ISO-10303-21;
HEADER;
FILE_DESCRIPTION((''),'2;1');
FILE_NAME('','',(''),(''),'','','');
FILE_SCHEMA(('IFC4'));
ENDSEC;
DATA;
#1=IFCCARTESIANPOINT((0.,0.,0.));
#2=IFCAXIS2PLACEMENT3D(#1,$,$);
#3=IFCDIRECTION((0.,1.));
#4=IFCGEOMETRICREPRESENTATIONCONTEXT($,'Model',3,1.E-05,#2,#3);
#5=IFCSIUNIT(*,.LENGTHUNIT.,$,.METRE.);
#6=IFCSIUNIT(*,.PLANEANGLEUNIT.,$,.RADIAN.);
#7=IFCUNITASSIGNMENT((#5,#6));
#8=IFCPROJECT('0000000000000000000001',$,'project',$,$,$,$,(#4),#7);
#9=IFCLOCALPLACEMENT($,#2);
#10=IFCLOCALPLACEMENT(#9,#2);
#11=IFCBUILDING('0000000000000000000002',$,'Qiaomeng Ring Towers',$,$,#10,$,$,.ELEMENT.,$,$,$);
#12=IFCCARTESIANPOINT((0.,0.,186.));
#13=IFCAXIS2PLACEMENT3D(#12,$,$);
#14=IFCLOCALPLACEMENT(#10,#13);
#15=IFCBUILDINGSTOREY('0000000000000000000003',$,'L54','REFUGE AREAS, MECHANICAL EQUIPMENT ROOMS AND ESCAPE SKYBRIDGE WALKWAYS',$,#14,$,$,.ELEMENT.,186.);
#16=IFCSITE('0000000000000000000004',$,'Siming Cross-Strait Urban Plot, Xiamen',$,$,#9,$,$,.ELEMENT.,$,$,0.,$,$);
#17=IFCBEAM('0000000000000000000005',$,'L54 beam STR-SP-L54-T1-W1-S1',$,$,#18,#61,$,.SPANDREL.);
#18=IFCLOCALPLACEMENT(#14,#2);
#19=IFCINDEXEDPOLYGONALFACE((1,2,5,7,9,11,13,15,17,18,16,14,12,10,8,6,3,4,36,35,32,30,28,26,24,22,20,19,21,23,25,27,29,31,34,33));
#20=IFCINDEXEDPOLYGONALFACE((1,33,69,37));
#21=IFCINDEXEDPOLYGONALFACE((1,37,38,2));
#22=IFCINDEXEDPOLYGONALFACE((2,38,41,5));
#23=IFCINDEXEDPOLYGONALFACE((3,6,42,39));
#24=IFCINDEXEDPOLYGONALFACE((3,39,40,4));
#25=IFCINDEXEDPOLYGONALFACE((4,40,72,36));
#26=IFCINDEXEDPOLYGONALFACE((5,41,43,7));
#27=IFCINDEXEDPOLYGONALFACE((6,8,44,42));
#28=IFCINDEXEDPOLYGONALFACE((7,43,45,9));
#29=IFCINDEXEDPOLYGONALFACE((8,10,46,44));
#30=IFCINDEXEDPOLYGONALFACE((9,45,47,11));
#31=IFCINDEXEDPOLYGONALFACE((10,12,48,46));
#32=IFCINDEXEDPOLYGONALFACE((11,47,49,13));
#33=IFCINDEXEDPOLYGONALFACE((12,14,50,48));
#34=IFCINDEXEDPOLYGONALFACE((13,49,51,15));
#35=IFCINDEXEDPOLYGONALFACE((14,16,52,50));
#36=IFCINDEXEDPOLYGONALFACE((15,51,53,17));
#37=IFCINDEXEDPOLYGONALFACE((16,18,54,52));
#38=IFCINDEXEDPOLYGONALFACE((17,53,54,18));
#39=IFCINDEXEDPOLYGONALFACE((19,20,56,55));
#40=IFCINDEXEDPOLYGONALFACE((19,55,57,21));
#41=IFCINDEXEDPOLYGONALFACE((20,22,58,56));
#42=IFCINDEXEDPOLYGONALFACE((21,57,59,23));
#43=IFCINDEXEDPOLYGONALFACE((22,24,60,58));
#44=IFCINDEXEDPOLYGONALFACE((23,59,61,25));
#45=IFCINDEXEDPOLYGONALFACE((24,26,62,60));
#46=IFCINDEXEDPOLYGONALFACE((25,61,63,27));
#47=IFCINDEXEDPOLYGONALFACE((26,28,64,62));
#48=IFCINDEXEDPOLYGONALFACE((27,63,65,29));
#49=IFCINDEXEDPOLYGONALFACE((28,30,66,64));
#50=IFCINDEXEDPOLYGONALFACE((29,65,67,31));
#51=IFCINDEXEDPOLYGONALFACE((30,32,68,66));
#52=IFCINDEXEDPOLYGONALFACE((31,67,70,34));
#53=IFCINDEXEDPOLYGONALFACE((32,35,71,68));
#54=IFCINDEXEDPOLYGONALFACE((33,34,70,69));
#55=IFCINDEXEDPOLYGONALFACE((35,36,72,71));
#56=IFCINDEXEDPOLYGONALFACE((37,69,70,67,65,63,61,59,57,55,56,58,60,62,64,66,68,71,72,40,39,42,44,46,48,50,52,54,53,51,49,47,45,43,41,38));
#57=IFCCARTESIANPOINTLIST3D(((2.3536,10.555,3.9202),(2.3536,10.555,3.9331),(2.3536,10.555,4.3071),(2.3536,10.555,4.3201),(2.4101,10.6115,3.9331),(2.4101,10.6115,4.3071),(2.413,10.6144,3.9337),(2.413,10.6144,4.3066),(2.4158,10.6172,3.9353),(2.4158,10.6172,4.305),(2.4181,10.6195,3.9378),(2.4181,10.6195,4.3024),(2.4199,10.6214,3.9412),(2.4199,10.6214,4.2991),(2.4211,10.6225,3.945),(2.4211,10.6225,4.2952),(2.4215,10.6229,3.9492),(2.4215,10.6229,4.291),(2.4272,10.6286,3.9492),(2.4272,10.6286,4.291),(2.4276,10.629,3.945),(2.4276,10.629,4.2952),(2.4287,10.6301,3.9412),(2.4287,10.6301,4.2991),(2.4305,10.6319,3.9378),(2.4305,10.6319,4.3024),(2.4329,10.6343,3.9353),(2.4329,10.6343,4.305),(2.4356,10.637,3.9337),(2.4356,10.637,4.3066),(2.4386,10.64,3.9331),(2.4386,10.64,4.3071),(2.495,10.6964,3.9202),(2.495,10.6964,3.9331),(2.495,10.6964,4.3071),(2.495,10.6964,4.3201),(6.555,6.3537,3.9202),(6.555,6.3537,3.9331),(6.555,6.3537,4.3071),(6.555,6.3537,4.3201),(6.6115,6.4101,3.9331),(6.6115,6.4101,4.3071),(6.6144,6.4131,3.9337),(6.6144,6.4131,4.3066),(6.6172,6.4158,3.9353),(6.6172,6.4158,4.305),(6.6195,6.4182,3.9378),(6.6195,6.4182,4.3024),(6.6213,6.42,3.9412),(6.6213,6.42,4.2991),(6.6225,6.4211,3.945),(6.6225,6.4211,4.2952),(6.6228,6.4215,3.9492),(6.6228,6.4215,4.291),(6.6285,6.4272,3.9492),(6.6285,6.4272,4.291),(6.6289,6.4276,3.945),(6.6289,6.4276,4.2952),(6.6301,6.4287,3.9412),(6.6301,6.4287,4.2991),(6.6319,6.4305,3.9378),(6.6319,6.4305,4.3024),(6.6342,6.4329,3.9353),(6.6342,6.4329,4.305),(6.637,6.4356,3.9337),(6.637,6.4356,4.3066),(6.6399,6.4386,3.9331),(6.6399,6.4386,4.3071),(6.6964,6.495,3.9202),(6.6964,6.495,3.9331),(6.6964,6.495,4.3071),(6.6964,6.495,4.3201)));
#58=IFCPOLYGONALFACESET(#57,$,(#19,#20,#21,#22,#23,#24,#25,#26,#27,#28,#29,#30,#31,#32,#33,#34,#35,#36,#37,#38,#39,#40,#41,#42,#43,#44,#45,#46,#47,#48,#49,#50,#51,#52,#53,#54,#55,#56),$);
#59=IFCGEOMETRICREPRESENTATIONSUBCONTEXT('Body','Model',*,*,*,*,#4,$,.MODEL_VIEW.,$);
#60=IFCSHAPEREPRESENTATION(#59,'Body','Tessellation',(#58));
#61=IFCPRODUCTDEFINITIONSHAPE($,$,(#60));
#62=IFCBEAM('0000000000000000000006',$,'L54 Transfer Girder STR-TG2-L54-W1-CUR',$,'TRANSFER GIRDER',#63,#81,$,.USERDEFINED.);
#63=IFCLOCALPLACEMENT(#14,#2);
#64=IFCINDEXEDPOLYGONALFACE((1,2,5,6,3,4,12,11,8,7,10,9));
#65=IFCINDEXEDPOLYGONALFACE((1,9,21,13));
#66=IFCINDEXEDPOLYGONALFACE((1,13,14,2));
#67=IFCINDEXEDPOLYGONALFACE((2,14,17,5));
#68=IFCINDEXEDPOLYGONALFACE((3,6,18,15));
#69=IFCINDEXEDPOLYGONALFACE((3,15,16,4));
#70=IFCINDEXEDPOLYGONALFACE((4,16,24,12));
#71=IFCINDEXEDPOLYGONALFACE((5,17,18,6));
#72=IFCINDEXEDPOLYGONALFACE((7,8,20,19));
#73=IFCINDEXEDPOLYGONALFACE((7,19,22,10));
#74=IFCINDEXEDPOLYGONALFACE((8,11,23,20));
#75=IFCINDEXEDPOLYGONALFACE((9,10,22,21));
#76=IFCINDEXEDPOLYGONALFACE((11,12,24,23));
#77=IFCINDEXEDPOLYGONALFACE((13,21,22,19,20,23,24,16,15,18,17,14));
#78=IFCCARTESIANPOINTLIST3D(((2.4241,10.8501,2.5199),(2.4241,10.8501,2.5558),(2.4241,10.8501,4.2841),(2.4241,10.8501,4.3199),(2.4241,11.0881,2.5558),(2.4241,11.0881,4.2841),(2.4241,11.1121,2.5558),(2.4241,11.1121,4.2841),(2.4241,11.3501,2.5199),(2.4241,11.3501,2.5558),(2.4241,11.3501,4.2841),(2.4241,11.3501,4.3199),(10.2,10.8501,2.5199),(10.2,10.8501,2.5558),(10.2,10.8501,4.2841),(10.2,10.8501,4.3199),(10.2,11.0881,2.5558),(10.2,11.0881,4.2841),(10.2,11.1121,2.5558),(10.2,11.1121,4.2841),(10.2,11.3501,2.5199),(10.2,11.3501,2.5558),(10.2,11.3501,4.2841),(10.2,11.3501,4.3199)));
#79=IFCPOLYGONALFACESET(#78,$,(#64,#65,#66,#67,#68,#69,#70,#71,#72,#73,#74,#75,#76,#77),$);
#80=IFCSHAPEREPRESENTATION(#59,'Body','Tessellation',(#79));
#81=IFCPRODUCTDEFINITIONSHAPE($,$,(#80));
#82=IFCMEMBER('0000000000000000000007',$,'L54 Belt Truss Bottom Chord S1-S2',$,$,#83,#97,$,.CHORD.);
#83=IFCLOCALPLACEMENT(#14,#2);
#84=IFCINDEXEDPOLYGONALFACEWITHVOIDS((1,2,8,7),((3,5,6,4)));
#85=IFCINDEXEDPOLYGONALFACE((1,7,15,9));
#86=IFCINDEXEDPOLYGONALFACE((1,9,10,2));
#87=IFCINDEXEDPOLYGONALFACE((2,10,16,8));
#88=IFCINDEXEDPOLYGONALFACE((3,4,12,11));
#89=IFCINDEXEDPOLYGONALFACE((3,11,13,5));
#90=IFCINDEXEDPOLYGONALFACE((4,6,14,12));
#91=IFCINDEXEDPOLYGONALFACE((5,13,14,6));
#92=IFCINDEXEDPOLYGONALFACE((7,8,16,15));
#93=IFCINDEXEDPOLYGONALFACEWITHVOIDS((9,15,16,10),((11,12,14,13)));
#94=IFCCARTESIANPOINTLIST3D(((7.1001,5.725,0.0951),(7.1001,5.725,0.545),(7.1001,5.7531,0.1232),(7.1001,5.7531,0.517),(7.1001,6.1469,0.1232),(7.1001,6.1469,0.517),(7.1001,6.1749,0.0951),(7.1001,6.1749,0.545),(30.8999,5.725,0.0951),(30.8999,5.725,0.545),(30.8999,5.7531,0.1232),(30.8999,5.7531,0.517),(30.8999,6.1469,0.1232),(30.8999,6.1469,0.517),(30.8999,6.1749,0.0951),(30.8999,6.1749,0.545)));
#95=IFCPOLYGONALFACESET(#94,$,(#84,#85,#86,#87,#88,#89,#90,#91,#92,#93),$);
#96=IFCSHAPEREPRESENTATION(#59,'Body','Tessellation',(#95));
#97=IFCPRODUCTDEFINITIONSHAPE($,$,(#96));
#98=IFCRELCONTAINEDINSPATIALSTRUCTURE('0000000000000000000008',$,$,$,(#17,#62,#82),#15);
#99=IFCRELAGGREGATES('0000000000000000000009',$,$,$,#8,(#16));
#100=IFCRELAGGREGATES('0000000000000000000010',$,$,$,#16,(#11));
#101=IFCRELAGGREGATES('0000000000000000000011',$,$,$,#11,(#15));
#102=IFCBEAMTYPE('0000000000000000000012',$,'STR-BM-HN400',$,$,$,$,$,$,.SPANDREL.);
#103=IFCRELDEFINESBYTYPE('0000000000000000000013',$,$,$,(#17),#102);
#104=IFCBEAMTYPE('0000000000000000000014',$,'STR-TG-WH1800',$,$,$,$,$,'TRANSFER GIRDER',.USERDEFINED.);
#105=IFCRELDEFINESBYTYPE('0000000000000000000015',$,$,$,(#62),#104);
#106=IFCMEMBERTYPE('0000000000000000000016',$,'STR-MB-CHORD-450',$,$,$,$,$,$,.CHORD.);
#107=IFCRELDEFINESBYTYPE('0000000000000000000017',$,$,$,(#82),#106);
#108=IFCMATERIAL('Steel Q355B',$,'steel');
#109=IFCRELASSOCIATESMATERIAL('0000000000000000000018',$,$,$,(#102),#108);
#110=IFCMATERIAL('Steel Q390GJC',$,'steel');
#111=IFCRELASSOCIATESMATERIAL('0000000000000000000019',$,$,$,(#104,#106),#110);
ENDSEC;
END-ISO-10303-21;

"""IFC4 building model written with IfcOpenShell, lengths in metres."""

from ifc_helpers import new_model, si_unit, direction, frame, origin, origin_2d, place, context, subcontext, project, spatial, hollow_rectangle, i_section, extrude, source, transform, mapped, material, material_profile, profile_set, type_object, element, save


model = new_model("IFC4")

# Units and contexts
model_context = context("Model", 3, precision=1e-05, world=origin(), true_north=direction((0.0, 1.0)))
body_context = subcontext(model_context, "Body", "Model", "MODEL_VIEW")
ifc_project = project(units=[si_unit("LENGTHUNIT", "METRE"), si_unit("PLANEANGLEUNIT", "RADIAN")], contexts=[model_context])

# Site, building, storey
site_placement = place(None, origin())
site = spatial("IfcSite", under=ifc_project, at=site_placement, Name="Siming Cross-Strait Urban Plot, Xiamen", CompositionType="ELEMENT", RefElevation=0.0)
building_placement = place(site_placement, origin())
building = spatial("IfcBuilding", under=site, at=building_placement, Name="Qiaomeng Ring Towers", CompositionType="ELEMENT")
storey_placement = place(building_placement, frame((0.0, 0.0, 186.0)))
storey = spatial("IfcBuildingStorey", under=building, at=storey_placement, Name="L54", Description="REFUGE AREAS, MECHANICAL EQUIPMENT ROOMS AND ESCAPE SKYBRIDGE WALKWAYS", CompositionType="ELEMENT", Elevation=186.0)

# Shared definitions
ifc_material_1 = material(Name="Steel Q355B", Category="steel")

# Shared definitions
ifc_material_2 = material(Name="Steel Q390GJC", Category="steel")

# Beams
ifc_material_profile_1 = material_profile(ifc_material_1, i_section(OverallWidth=0.2, OverallDepth=0.3999, WebThickness=0.0081, FlangeThickness=0.0129, FilletRadius=0.0161, at=origin_2d()), Name="HN 400x200x8x13")
ifc_profile_set_1 = profile_set([ifc_material_profile_1], Name="Steel Q355B")
beam_type_1 = type_object("IfcBeamType", Name="STR-BM-HN400", PredefinedType="SPANDREL", material=ifc_profile_set_1)
shared_shape_1 = source(origin(), body_context, "Body", "SweptSolid", [
    extrude(i_section(OverallWidth=0.2, OverallDepth=0.3999, WebThickness=0.0081, FlangeThickness=0.0129, FilletRadius=0.0161, at=origin_2d()), origin(), (0.0, 0.0, 1.0), 5.9417),
])
beam_1_placement = place(storey_placement, frame((2.4243, 10.6257, 4.1201), z_axis=(0.707107, -0.707107, 0.0), x_axis=(0.707107, 0.707107, 0.0)))
element("IfcBeam", 1, at=beam_1_placement, inside=storey, type_object=beam_type_1, Name="L54 beam STR-SP-L54-T1-W1-S1", PredefinedType="SPANDREL", context=body_context, shape_type="MappedRepresentation", body=[
    mapped(shared_shape_1, transform((0.0, 0.0, 0.0), x_axis=(1.0, 0.0, 0.0), y_axis=(0.0, 1.0, 0.0), z_axis=(0.0, 0.0, 1.0), scale=1.0)),
])
ifc_material_profile_2 = material_profile(ifc_material_2, i_section(OverallWidth=0.5, OverallDepth=1.8, WebThickness=0.0239, FlangeThickness=0.0359, at=origin_2d()), Name="WH 1800x500x24x36")
ifc_profile_set_2 = profile_set([ifc_material_profile_2], Name="Steel Q390GJC")
beam_type_2 = type_object("IfcBeamType", Name="STR-TG-WH1800", ElementType="TRANSFER GIRDER", PredefinedType="USERDEFINED", material=ifc_profile_set_2)
shared_shape_2 = source(origin(), body_context, "Body", "SweptSolid", [
    extrude(i_section(OverallWidth=0.5, OverallDepth=1.8, WebThickness=0.0239, FlangeThickness=0.0359, at=origin_2d()), origin(), (0.0, 0.0, 1.0), 7.7759),
])
beam_2_placement = place(storey_placement, frame((2.4241, 11.1001, 3.4199), z_axis=(1.0, 0.0, 0.0), x_axis=(0.0, 1.0, 0.0)))
element("IfcBeam", 2, at=beam_2_placement, inside=storey, type_object=beam_type_2, Name="L54 Transfer Girder STR-TG2-L54-W1-CUR", ObjectType="TRANSFER GIRDER", PredefinedType="USERDEFINED", context=body_context, shape_type="MappedRepresentation", body=[
    mapped(shared_shape_2, transform((0.0, 0.0, 0.0), x_axis=(1.0, 0.0, 0.0), y_axis=(0.0, 1.0, 0.0), z_axis=(0.0, 0.0, 1.0), scale=1.0)),
])

# Member
ifc_material_profile_3 = material_profile(ifc_material_2, hollow_rectangle(XDim=0.45, YDim=0.45, WallThickness=0.0281, at=origin_2d()), Name="SHS 450x450x28")
ifc_profile_set_3 = profile_set([ifc_material_profile_3], Name="Steel Q390GJC")
member_type_1 = type_object("IfcMemberType", Name="STR-MB-CHORD-450", PredefinedType="CHORD", material=ifc_profile_set_3)
shared_shape_3 = source(origin(), body_context, "Body", "SweptSolid", [
    extrude(hollow_rectangle(XDim=0.45, YDim=0.45, WallThickness=0.0281, at=origin_2d()), origin(), (0.0, 0.0, 1.0), 23.7998),
])
member_1_placement = place(storey_placement, frame((7.1001, 5.95, 0.3201), z_axis=(1.0, 0.0, 0.0), x_axis=(0.0, 1.0, 0.0)))
element("IfcMember", 3, at=member_1_placement, inside=storey, type_object=member_type_1, Name="L54 Belt Truss Bottom Chord S1-S2", PredefinedType="CHORD", context=body_context, shape_type="MappedRepresentation", body=[
    mapped(shared_shape_3, transform((0.0, 0.0, 0.0), x_axis=(1.0, 0.0, 0.0), y_axis=(0.0, 1.0, 0.0), z_axis=(0.0, 0.0, 1.0), scale=1.0)),
])

save(model, "model.ifc")
